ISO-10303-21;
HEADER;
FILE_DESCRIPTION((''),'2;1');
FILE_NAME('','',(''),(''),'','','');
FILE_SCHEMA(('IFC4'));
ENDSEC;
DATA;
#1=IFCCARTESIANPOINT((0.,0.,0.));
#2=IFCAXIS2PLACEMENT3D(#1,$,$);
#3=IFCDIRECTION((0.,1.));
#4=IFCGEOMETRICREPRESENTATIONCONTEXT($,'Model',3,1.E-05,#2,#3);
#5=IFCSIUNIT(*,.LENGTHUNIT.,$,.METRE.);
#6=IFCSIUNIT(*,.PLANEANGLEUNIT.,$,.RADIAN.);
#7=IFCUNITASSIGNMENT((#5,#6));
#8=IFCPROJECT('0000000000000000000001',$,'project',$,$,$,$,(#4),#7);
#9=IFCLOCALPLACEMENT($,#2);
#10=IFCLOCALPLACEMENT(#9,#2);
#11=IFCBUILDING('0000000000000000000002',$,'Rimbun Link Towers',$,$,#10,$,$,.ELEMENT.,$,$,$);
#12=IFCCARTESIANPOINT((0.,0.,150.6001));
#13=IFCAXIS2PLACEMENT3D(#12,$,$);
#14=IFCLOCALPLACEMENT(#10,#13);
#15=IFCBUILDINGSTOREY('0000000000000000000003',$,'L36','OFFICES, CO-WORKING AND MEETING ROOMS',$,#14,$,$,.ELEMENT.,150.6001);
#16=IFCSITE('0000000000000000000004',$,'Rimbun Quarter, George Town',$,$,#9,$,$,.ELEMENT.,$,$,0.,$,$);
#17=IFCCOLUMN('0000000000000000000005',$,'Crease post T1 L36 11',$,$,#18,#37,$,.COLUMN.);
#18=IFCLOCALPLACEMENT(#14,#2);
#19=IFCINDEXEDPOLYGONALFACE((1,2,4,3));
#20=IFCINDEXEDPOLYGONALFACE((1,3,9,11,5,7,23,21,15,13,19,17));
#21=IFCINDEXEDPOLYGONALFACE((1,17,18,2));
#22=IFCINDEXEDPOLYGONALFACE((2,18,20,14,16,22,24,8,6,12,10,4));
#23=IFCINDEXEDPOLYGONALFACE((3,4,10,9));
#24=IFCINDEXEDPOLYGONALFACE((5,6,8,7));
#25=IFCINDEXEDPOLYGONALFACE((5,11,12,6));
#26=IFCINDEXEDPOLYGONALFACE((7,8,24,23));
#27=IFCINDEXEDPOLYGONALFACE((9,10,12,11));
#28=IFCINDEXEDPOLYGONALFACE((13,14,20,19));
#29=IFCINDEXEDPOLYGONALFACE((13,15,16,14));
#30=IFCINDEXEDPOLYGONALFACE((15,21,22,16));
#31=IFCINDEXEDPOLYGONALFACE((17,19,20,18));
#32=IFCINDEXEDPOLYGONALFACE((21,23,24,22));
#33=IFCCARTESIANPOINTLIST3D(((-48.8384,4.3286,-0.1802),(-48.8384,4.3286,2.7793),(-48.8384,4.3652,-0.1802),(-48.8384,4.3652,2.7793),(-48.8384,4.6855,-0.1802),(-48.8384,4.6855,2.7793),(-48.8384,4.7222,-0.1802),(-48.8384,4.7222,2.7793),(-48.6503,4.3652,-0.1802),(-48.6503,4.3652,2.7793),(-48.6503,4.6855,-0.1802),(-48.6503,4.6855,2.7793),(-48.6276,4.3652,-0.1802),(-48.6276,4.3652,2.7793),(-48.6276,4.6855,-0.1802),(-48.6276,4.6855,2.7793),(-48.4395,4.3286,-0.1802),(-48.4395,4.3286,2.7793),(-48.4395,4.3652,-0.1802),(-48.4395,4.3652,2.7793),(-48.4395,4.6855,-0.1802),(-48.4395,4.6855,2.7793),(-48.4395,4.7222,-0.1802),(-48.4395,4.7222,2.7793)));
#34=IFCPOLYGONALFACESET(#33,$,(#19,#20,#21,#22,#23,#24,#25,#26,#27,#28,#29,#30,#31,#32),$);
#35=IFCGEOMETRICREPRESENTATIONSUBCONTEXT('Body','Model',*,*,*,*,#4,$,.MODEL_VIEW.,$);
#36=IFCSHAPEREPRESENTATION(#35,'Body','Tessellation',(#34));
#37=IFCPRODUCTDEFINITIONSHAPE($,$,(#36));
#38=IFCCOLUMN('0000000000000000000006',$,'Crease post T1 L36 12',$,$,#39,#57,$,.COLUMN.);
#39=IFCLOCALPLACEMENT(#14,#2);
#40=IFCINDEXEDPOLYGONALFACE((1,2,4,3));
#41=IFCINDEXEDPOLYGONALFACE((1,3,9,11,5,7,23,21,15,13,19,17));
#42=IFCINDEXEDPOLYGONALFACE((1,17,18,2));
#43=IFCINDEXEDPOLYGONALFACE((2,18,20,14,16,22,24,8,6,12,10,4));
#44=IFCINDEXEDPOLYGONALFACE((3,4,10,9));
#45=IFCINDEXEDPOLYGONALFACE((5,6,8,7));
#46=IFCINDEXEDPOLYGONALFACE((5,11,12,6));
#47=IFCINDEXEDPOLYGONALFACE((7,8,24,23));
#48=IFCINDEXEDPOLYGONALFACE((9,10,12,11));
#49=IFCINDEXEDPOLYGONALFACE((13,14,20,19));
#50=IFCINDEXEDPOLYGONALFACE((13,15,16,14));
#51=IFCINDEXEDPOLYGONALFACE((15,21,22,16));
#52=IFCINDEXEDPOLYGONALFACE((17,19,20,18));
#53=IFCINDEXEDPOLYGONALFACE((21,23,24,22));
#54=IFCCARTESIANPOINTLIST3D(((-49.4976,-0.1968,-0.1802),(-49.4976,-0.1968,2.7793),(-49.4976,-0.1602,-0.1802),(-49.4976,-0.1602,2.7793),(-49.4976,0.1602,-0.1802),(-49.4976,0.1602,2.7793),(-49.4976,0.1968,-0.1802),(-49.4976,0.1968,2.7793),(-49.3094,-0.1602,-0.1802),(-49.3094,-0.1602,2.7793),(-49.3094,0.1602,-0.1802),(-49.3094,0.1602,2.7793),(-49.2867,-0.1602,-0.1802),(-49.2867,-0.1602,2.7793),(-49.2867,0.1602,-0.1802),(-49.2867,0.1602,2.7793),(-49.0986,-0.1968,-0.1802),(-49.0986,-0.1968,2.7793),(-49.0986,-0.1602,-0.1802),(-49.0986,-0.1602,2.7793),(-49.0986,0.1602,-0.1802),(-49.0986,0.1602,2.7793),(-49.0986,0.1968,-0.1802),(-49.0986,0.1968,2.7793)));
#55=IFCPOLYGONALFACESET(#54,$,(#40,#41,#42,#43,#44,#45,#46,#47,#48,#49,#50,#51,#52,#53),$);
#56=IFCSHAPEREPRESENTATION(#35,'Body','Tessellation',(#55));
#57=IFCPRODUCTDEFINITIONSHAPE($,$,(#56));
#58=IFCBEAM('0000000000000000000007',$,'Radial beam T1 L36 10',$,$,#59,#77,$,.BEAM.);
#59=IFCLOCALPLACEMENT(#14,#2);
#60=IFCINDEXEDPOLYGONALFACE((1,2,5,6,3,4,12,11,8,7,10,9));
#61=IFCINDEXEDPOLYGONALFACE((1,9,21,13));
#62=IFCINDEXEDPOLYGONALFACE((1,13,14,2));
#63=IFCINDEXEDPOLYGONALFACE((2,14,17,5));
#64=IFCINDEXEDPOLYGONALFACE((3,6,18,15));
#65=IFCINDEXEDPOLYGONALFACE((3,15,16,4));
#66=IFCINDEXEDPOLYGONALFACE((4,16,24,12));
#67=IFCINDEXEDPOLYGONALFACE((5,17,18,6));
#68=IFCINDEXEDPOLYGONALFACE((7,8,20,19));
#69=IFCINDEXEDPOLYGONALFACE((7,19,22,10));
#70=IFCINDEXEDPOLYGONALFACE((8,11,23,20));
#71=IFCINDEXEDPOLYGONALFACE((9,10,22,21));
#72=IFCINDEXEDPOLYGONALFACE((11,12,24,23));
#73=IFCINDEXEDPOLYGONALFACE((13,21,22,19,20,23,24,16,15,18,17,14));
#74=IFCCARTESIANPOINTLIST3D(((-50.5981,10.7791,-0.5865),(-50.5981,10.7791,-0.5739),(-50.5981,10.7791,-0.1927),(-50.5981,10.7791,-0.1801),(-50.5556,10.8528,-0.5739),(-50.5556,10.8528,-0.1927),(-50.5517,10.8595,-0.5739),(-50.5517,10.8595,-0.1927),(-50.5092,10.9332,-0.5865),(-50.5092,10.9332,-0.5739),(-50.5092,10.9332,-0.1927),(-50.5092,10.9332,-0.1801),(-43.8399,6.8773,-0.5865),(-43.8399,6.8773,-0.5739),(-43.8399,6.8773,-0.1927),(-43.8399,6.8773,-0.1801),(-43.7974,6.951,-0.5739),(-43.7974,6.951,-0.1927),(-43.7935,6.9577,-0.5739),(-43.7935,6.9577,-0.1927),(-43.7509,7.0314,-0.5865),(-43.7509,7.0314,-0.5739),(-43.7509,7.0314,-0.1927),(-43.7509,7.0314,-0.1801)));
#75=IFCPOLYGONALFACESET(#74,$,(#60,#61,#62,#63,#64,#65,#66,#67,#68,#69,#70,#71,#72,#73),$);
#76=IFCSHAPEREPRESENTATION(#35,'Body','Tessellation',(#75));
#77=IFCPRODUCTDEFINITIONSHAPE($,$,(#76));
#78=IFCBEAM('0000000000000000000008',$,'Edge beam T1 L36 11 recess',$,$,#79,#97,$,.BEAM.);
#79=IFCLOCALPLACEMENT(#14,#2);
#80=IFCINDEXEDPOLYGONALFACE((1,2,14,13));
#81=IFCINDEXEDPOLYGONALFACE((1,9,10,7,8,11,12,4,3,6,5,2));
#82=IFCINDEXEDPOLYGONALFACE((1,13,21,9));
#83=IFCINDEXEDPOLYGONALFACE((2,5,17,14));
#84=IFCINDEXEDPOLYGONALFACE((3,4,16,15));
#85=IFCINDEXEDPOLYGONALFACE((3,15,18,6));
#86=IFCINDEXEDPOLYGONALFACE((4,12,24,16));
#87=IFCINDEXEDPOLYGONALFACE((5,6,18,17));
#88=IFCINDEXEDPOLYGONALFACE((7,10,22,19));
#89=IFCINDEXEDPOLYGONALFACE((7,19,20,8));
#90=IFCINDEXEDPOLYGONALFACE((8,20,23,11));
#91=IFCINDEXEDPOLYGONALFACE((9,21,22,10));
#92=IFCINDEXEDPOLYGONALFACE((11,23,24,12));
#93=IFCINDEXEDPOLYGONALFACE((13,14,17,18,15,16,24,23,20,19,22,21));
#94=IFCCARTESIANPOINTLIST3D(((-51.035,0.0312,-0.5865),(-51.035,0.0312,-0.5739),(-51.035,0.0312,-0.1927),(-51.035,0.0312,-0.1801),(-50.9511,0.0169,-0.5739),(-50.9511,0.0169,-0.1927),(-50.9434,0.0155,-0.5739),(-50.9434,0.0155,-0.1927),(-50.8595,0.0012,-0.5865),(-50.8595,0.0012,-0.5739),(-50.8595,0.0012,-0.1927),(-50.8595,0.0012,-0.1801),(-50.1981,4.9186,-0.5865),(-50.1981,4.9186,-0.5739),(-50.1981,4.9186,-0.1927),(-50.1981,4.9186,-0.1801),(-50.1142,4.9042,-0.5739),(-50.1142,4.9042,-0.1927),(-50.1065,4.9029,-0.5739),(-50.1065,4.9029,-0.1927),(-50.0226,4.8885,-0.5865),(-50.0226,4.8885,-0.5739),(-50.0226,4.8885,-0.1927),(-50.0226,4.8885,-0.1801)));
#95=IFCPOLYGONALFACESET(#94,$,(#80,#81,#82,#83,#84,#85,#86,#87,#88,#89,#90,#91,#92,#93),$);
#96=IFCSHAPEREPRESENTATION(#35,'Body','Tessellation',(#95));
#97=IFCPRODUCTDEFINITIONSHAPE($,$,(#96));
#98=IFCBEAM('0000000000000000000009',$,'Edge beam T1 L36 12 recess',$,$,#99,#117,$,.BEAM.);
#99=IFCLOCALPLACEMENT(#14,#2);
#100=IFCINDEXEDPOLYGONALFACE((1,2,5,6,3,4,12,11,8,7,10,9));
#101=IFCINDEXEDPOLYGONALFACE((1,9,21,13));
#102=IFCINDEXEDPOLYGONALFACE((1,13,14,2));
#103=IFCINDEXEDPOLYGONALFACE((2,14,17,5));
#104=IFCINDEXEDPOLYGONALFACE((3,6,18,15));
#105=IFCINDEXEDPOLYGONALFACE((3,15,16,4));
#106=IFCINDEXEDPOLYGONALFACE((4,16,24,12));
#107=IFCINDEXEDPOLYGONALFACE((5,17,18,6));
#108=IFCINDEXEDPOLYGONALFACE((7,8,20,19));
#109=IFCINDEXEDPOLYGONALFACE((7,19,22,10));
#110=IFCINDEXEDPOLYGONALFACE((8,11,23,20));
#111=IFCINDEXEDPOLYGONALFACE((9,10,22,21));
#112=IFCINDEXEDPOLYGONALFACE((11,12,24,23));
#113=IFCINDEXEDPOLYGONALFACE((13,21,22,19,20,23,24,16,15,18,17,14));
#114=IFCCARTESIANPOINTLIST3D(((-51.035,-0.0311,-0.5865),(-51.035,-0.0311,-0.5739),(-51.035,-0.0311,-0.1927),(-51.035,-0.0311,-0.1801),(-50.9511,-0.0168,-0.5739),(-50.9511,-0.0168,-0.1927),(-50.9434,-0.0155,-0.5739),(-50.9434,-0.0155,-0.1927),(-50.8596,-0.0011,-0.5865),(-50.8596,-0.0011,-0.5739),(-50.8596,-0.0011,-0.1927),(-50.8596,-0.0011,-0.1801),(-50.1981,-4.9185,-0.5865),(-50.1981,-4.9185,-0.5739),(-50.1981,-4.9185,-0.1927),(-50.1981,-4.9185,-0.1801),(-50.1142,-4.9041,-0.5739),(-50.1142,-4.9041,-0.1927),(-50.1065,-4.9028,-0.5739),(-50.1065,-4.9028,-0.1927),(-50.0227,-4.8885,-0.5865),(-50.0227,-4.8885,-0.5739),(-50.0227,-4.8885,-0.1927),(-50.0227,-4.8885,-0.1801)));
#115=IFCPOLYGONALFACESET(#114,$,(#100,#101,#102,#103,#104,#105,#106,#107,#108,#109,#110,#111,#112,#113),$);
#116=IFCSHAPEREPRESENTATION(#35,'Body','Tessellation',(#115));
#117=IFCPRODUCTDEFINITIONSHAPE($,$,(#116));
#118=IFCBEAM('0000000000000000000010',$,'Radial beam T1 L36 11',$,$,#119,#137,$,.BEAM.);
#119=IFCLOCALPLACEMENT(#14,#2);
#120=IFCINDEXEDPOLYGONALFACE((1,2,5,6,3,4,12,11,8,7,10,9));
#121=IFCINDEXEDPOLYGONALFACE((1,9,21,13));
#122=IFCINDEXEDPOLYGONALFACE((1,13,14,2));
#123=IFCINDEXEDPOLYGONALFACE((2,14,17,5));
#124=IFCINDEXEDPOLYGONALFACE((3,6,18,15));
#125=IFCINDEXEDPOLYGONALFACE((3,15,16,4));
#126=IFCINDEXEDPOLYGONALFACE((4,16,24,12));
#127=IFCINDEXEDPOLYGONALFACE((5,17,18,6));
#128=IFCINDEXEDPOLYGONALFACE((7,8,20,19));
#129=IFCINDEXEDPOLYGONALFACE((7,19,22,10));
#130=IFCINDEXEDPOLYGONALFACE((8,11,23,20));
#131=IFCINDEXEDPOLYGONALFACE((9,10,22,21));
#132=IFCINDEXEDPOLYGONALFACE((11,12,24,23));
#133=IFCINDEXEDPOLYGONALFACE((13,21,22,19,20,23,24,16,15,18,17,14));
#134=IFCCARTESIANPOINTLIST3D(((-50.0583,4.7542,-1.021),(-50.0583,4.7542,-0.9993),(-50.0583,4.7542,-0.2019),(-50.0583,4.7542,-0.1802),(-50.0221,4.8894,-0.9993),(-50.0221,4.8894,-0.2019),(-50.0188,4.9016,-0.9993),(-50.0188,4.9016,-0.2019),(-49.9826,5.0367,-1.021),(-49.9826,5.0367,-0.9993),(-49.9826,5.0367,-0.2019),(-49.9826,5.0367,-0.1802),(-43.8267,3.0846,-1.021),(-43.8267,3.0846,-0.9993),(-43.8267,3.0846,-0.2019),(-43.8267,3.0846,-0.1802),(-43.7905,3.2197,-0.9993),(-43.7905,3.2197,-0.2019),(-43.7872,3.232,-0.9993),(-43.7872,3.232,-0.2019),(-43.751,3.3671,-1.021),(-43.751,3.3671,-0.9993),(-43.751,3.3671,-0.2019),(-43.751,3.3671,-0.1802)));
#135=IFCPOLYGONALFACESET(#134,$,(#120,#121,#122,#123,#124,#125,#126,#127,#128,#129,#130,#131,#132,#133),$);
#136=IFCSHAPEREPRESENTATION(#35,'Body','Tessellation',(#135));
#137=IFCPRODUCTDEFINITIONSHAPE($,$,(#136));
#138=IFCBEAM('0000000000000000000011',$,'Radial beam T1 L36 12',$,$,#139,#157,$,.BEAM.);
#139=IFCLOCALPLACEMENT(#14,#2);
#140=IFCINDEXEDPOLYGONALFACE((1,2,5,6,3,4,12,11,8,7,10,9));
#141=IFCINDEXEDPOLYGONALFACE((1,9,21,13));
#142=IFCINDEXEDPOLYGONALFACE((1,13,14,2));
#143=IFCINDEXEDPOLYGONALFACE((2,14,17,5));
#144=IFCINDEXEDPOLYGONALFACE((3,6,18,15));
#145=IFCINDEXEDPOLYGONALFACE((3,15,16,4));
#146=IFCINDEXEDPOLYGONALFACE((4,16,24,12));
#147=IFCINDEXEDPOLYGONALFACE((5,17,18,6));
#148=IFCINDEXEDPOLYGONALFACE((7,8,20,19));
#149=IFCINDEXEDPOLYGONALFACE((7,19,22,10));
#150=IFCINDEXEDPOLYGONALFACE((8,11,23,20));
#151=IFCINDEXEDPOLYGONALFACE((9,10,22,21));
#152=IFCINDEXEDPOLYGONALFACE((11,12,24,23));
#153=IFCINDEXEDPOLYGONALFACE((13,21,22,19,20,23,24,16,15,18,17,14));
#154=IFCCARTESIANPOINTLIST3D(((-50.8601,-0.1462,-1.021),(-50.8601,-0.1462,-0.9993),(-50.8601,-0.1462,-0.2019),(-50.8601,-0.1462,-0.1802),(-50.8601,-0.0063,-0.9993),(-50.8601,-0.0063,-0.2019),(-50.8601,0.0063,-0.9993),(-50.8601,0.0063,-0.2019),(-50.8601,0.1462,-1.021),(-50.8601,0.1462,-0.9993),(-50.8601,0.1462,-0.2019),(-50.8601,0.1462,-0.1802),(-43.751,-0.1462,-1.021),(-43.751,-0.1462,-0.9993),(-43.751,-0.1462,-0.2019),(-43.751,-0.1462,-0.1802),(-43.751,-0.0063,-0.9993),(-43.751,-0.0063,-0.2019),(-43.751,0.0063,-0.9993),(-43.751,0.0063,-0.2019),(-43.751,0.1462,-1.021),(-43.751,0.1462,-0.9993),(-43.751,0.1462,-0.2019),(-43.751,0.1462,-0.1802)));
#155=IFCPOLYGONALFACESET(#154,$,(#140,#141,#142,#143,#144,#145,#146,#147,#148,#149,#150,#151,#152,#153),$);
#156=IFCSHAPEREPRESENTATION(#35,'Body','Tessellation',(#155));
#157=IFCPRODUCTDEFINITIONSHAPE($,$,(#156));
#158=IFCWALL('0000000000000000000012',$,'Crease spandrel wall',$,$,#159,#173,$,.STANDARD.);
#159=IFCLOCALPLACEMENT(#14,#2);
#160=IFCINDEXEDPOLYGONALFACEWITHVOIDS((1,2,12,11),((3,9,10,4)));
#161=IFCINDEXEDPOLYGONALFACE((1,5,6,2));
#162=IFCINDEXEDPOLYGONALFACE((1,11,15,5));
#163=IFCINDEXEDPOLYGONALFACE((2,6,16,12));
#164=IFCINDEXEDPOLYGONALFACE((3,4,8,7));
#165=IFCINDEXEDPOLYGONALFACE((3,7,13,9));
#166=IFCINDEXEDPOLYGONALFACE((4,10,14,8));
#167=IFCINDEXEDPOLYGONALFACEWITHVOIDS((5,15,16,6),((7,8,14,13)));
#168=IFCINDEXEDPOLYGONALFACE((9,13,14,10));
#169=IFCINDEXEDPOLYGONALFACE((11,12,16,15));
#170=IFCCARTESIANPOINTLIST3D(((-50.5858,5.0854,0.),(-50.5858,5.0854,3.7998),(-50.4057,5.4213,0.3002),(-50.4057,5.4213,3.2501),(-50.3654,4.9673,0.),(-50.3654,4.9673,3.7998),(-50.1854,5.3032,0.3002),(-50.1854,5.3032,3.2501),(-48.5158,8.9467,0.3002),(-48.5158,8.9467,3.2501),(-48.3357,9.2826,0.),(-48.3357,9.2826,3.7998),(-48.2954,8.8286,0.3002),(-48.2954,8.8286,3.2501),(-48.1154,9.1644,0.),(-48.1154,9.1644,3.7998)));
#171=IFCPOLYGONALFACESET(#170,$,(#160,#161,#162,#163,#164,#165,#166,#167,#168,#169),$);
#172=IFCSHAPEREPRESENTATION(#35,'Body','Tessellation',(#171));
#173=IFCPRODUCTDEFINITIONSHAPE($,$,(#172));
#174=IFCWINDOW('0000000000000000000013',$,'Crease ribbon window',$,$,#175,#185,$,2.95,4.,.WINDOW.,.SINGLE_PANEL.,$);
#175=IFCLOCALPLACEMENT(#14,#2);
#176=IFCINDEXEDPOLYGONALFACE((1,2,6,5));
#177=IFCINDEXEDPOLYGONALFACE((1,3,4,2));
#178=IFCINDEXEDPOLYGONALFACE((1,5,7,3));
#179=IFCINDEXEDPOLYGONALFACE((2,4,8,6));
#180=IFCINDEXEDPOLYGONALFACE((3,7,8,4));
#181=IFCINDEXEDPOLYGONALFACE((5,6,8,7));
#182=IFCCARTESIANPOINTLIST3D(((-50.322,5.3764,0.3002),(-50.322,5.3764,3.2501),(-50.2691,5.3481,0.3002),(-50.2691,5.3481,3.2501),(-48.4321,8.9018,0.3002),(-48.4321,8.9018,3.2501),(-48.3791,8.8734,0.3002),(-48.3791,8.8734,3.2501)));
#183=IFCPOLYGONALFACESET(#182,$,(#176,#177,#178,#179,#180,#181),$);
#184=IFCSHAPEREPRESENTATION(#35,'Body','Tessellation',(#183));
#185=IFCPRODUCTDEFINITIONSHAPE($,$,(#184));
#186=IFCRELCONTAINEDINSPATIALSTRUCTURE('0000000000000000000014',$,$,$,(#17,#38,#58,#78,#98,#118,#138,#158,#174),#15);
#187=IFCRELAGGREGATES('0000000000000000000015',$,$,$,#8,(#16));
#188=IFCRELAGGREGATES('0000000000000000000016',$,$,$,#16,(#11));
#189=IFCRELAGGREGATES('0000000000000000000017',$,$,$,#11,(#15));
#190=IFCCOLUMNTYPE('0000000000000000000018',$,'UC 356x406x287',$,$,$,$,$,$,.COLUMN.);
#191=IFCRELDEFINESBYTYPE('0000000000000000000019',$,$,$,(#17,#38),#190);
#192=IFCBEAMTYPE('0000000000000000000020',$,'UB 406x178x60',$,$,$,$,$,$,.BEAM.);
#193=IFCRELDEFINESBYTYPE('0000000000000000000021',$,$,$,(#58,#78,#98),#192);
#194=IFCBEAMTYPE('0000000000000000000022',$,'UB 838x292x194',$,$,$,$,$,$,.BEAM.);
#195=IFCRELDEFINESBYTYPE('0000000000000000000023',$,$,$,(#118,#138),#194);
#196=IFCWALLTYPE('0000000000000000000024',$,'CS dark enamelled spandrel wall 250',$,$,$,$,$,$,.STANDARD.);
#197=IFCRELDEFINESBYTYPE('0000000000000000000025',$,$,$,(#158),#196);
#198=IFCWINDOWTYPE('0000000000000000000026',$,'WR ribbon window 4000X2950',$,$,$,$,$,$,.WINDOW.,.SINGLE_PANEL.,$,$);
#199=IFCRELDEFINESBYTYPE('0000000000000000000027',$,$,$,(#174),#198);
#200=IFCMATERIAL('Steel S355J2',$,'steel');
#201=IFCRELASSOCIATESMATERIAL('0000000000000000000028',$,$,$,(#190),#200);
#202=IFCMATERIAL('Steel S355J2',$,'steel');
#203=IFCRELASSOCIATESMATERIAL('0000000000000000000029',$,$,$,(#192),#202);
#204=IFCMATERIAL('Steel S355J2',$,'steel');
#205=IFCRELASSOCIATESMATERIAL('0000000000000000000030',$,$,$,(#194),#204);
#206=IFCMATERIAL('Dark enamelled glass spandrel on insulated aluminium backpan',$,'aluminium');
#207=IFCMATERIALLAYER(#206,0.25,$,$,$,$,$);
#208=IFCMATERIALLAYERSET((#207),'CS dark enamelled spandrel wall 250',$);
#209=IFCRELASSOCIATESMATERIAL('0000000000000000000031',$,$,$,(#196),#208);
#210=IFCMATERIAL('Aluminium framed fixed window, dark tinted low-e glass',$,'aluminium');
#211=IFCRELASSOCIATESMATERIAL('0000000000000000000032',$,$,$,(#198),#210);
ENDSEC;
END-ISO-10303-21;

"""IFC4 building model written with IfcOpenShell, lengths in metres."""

from ifc_helpers import new_model, si_unit, direction, frame, frame_2d, origin, origin_2d, place, context, subcontext, project, spatial, rectangle, i_section, extrude, material, layer, layer_set, material_profile, profile_set, type_object, element, fill, save


model = new_model("IFC4")

# Units and contexts
model_context = context("Model", 3, precision=1e-05, world=origin(), true_north=direction((0.0, 1.0)))
body_context = subcontext(model_context, "Body", "Model", "MODEL_VIEW")
ifc_project = project(units=[si_unit("LENGTHUNIT", "METRE"), si_unit("PLANEANGLEUNIT", "RADIAN")], contexts=[model_context])

# Site, building, storey
site_placement = place(None, origin())
site = spatial("IfcSite", under=ifc_project, at=site_placement, Name="Rimbun Quarter, George Town", CompositionType="ELEMENT", RefElevation=0.0)
building_placement = place(site_placement, origin())
building = spatial("IfcBuilding", under=site, at=building_placement, Name="Rimbun Link Towers", CompositionType="ELEMENT")
storey_placement = place(building_placement, frame((0.0, 0.0, 150.6001)))
storey = spatial("IfcBuildingStorey", under=building, at=storey_placement, Name="L36", Description="OFFICES, CO-WORKING AND MEETING ROOMS", CompositionType="ELEMENT", Elevation=150.6001)

# Columns
ifc_material_1 = material(Name="Steel S355J2", Category="steel")
ifc_material_profile_1 = material_profile(ifc_material_1, i_section(OverallWidth=0.3989, OverallDepth=0.3936, WebThickness=0.0227, FlangeThickness=0.0366, at=origin_2d()), Name="UC 356x406x287")
ifc_profile_set_1 = profile_set([ifc_material_profile_1], Name="Steel S355J2")
column_type = type_object("IfcColumnType", Name="UC 356x406x287", PredefinedType="COLUMN", material=ifc_profile_set_1)
for number, where, z_axis, x_axis, name in (
    (1, (-48.6389, 4.5254, -0.1802), (0.0, 0.0, 1.0), (1.0, 0.0, 0.0), "Crease post T1 L36 11"),
    (2, (-49.2981, 0.0, -0.1802), (0.0, 0.0, 1.0), (1.0, 0.0, 0.0), "Crease post T1 L36 12"),
):
    element("IfcColumn", number, at=place(storey_placement, frame(where, z_axis=z_axis, x_axis=x_axis)), inside=storey, type_object=column_type, Name=name, PredefinedType="COLUMN", context=body_context, shape_type="SweptSolid", body=[
        extrude(i_section(OverallWidth=0.3989, OverallDepth=0.3936, WebThickness=0.0227, FlangeThickness=0.0366, at=origin_2d()), origin(), (0.0, 0.0, 1.0), 2.9595),
    ])

# Beams
ifc_material_2 = material(Name="Steel S355J2", Category="steel")
ifc_material_profile_2 = material_profile(ifc_material_2, i_section(OverallWidth=0.178, OverallDepth=0.4065, WebThickness=0.0078, FlangeThickness=0.0127, at=origin_2d()), Name="UB 406x178x60")
ifc_profile_set_2 = profile_set([ifc_material_profile_2], Name="Steel S355J2")
beam_type_1 = type_object("IfcBeamType", Name="UB 406x178x60", PredefinedType="BEAM", material=ifc_profile_set_2)
beam_1_placement = place(storey_placement, frame((-43.7954, 6.9543, -0.3833), z_axis=(-0.866028, 0.499995, 0.0), x_axis=(-0.499995, -0.866028, 0.0)))
element("IfcBeam", 3, at=beam_1_placement, inside=storey, type_object=beam_type_1, Name="Radial beam T1 L36 10", PredefinedType="BEAM", context=body_context, shape_type="SweptSolid", body=[
    extrude(i_section(OverallWidth=0.178, OverallDepth=0.4065, WebThickness=0.0078, FlangeThickness=0.0127, at=origin_2d()), origin(), (0.0, 0.0, 1.0), 7.8037),
])
for number, where, z_axis, x_axis, name in (
    (4, (-50.1104, 4.9036, -0.3833), (-0.168781, -0.985654, 0.0), (0.985654, -0.168781, 0.0), "Edge beam T1 L36 11 recess"),
    (5, (-50.9473, -0.0161, -0.3833), (0.168781, -0.985654, 0.0), (0.985654, 0.168781, 0.0), "Edge beam T1 L36 12 recess"),
):
    element("IfcBeam", number, at=place(storey_placement, frame(where, z_axis=z_axis, x_axis=x_axis)), inside=storey, type_object=beam_type_1, Name=name, PredefinedType="BEAM", context=body_context, shape_type="SweptSolid", body=[
        extrude(i_section(OverallWidth=0.178, OverallDepth=0.4065, WebThickness=0.0078, FlangeThickness=0.0127, at=origin_2d()), origin(), (0.0, 0.0, 1.0), 4.9585),
    ])
ifc_material_3 = material(Name="Steel S355J2", Category="steel")
ifc_material_profile_3 = material_profile(ifc_material_3, i_section(OverallWidth=0.2925, OverallDepth=0.8408, WebThickness=0.0127, FlangeThickness=0.0217, at=origin_2d()), Name="UB 838x292x194")
ifc_profile_set_3 = profile_set([ifc_material_profile_3], Name="Steel S355J2")
beam_type_2 = type_object("IfcBeamType", Name="UB 838x292x194", PredefinedType="BEAM", material=ifc_profile_set_3)
beam_2_placement = place(storey_placement, frame((-43.7888, 3.2258, -0.6006), z_axis=(-0.96593, 0.258805, 0.0), x_axis=(-0.258805, -0.96593, 0.0)))
element("IfcBeam", 6, at=beam_2_placement, inside=storey, type_object=beam_type_2, Name="Radial beam T1 L36 11", PredefinedType="BEAM", context=body_context, shape_type="SweptSolid", body=[
    extrude(i_section(OverallWidth=0.2925, OverallDepth=0.8408, WebThickness=0.0127, FlangeThickness=0.0217, at=origin_2d()), origin(), (0.0, 0.0, 1.0), 6.4514),
])
beam_3_placement = place(storey_placement, frame((-43.751, 0.0, -0.6006), z_axis=(-1.0, 0.0, 0.0), x_axis=(0.0, -1.0, 0.0)))
element("IfcBeam", 7, at=beam_3_placement, inside=storey, type_object=beam_type_2, Name="Radial beam T1 L36 12", PredefinedType="BEAM", context=body_context, shape_type="SweptSolid", body=[
    extrude(i_section(OverallWidth=0.2925, OverallDepth=0.8408, WebThickness=0.0127, FlangeThickness=0.0217, at=origin_2d()), origin(), (0.0, 0.0, 1.0), 7.1091),
])

# Wall, opening, window
ifc_material_4 = material(Name="Dark enamelled glass spandrel on insulated aluminium backpan", Category="aluminium")
ifc_layer_1 = layer(ifc_material_4, 0.25)
ifc_layer_set_1 = layer_set([ifc_layer_1], Name="CS dark enamelled spandrel wall 250")
wall_type_1 = type_object("IfcWallType", Name="CS dark enamelled spandrel wall 250", PredefinedType="STANDARD", material=ifc_layer_set_1)
wall_1_placement = place(storey_placement, frame((-50.4756, 5.0264, 0.0), z_axis=(0.0, 0.0, 1.0), x_axis=(0.472482, 0.88134, 0.0)))
wall_1 = element("IfcWall", 8, at=wall_1_placement, inside=storey, type_object=wall_type_1, Name="Crease spandrel wall", PredefinedType="STANDARD", context=body_context, shape_type="SweptSolid", body=[
    extrude(rectangle(XDim=4.7622, YDim=0.25, at=frame_2d((2.3811, 0.0))), origin(), (0.0, 0.0, 1.0), 3.7998),
])
opening_1_placement = place(wall_1_placement, frame((0.3811, 0.0, 0.3)))
opening_1 = element("IfcOpeningElement", 9, at=opening_1_placement, cuts=wall_1, PredefinedType="OPENING", context=body_context, shape_type="SweptSolid", body=[
    extrude(rectangle(XDim=4.0, YDim=2.95, at=frame_2d((2.0, 1.4751))), frame((0.0, 0.135, 0.0), z_axis=(0.0, -1.0, 0.0), x_axis=(1.0, 0.0, 0.0)), (0.0, 0.0, 1.0), 0.27),
])
ifc_material_5 = material(Name="Aluminium framed fixed window, dark tinted low-e glass", Category="aluminium")
window_type_1 = type_object("IfcWindowType", Name="WR ribbon window 4000X2950", PartitioningType="SINGLE_PANEL", PredefinedType="WINDOW", material=ifc_material_5)
window_1_placement = place(opening_1_placement, origin())
window_1 = element("IfcWindow", 10, at=window_1_placement, inside=storey, type_object=window_type_1, Name="Crease ribbon window", OverallHeight=2.95, OverallWidth=4.0, PartitioningType="SINGLE_PANEL", PredefinedType="WINDOW", context=body_context, shape_type="SweptSolid", body=[
    extrude(rectangle(XDim=4.0, YDim=2.95, at=frame_2d((2.0, 1.4751))), frame((0.0, 0.03, 0.0), z_axis=(0.0, -1.0, 0.0), x_axis=(1.0, 0.0, 0.0)), (0.0, 0.0, 1.0), 0.0601),
])
fill(opening_1, window_1)

save(model, "model.ifc")
